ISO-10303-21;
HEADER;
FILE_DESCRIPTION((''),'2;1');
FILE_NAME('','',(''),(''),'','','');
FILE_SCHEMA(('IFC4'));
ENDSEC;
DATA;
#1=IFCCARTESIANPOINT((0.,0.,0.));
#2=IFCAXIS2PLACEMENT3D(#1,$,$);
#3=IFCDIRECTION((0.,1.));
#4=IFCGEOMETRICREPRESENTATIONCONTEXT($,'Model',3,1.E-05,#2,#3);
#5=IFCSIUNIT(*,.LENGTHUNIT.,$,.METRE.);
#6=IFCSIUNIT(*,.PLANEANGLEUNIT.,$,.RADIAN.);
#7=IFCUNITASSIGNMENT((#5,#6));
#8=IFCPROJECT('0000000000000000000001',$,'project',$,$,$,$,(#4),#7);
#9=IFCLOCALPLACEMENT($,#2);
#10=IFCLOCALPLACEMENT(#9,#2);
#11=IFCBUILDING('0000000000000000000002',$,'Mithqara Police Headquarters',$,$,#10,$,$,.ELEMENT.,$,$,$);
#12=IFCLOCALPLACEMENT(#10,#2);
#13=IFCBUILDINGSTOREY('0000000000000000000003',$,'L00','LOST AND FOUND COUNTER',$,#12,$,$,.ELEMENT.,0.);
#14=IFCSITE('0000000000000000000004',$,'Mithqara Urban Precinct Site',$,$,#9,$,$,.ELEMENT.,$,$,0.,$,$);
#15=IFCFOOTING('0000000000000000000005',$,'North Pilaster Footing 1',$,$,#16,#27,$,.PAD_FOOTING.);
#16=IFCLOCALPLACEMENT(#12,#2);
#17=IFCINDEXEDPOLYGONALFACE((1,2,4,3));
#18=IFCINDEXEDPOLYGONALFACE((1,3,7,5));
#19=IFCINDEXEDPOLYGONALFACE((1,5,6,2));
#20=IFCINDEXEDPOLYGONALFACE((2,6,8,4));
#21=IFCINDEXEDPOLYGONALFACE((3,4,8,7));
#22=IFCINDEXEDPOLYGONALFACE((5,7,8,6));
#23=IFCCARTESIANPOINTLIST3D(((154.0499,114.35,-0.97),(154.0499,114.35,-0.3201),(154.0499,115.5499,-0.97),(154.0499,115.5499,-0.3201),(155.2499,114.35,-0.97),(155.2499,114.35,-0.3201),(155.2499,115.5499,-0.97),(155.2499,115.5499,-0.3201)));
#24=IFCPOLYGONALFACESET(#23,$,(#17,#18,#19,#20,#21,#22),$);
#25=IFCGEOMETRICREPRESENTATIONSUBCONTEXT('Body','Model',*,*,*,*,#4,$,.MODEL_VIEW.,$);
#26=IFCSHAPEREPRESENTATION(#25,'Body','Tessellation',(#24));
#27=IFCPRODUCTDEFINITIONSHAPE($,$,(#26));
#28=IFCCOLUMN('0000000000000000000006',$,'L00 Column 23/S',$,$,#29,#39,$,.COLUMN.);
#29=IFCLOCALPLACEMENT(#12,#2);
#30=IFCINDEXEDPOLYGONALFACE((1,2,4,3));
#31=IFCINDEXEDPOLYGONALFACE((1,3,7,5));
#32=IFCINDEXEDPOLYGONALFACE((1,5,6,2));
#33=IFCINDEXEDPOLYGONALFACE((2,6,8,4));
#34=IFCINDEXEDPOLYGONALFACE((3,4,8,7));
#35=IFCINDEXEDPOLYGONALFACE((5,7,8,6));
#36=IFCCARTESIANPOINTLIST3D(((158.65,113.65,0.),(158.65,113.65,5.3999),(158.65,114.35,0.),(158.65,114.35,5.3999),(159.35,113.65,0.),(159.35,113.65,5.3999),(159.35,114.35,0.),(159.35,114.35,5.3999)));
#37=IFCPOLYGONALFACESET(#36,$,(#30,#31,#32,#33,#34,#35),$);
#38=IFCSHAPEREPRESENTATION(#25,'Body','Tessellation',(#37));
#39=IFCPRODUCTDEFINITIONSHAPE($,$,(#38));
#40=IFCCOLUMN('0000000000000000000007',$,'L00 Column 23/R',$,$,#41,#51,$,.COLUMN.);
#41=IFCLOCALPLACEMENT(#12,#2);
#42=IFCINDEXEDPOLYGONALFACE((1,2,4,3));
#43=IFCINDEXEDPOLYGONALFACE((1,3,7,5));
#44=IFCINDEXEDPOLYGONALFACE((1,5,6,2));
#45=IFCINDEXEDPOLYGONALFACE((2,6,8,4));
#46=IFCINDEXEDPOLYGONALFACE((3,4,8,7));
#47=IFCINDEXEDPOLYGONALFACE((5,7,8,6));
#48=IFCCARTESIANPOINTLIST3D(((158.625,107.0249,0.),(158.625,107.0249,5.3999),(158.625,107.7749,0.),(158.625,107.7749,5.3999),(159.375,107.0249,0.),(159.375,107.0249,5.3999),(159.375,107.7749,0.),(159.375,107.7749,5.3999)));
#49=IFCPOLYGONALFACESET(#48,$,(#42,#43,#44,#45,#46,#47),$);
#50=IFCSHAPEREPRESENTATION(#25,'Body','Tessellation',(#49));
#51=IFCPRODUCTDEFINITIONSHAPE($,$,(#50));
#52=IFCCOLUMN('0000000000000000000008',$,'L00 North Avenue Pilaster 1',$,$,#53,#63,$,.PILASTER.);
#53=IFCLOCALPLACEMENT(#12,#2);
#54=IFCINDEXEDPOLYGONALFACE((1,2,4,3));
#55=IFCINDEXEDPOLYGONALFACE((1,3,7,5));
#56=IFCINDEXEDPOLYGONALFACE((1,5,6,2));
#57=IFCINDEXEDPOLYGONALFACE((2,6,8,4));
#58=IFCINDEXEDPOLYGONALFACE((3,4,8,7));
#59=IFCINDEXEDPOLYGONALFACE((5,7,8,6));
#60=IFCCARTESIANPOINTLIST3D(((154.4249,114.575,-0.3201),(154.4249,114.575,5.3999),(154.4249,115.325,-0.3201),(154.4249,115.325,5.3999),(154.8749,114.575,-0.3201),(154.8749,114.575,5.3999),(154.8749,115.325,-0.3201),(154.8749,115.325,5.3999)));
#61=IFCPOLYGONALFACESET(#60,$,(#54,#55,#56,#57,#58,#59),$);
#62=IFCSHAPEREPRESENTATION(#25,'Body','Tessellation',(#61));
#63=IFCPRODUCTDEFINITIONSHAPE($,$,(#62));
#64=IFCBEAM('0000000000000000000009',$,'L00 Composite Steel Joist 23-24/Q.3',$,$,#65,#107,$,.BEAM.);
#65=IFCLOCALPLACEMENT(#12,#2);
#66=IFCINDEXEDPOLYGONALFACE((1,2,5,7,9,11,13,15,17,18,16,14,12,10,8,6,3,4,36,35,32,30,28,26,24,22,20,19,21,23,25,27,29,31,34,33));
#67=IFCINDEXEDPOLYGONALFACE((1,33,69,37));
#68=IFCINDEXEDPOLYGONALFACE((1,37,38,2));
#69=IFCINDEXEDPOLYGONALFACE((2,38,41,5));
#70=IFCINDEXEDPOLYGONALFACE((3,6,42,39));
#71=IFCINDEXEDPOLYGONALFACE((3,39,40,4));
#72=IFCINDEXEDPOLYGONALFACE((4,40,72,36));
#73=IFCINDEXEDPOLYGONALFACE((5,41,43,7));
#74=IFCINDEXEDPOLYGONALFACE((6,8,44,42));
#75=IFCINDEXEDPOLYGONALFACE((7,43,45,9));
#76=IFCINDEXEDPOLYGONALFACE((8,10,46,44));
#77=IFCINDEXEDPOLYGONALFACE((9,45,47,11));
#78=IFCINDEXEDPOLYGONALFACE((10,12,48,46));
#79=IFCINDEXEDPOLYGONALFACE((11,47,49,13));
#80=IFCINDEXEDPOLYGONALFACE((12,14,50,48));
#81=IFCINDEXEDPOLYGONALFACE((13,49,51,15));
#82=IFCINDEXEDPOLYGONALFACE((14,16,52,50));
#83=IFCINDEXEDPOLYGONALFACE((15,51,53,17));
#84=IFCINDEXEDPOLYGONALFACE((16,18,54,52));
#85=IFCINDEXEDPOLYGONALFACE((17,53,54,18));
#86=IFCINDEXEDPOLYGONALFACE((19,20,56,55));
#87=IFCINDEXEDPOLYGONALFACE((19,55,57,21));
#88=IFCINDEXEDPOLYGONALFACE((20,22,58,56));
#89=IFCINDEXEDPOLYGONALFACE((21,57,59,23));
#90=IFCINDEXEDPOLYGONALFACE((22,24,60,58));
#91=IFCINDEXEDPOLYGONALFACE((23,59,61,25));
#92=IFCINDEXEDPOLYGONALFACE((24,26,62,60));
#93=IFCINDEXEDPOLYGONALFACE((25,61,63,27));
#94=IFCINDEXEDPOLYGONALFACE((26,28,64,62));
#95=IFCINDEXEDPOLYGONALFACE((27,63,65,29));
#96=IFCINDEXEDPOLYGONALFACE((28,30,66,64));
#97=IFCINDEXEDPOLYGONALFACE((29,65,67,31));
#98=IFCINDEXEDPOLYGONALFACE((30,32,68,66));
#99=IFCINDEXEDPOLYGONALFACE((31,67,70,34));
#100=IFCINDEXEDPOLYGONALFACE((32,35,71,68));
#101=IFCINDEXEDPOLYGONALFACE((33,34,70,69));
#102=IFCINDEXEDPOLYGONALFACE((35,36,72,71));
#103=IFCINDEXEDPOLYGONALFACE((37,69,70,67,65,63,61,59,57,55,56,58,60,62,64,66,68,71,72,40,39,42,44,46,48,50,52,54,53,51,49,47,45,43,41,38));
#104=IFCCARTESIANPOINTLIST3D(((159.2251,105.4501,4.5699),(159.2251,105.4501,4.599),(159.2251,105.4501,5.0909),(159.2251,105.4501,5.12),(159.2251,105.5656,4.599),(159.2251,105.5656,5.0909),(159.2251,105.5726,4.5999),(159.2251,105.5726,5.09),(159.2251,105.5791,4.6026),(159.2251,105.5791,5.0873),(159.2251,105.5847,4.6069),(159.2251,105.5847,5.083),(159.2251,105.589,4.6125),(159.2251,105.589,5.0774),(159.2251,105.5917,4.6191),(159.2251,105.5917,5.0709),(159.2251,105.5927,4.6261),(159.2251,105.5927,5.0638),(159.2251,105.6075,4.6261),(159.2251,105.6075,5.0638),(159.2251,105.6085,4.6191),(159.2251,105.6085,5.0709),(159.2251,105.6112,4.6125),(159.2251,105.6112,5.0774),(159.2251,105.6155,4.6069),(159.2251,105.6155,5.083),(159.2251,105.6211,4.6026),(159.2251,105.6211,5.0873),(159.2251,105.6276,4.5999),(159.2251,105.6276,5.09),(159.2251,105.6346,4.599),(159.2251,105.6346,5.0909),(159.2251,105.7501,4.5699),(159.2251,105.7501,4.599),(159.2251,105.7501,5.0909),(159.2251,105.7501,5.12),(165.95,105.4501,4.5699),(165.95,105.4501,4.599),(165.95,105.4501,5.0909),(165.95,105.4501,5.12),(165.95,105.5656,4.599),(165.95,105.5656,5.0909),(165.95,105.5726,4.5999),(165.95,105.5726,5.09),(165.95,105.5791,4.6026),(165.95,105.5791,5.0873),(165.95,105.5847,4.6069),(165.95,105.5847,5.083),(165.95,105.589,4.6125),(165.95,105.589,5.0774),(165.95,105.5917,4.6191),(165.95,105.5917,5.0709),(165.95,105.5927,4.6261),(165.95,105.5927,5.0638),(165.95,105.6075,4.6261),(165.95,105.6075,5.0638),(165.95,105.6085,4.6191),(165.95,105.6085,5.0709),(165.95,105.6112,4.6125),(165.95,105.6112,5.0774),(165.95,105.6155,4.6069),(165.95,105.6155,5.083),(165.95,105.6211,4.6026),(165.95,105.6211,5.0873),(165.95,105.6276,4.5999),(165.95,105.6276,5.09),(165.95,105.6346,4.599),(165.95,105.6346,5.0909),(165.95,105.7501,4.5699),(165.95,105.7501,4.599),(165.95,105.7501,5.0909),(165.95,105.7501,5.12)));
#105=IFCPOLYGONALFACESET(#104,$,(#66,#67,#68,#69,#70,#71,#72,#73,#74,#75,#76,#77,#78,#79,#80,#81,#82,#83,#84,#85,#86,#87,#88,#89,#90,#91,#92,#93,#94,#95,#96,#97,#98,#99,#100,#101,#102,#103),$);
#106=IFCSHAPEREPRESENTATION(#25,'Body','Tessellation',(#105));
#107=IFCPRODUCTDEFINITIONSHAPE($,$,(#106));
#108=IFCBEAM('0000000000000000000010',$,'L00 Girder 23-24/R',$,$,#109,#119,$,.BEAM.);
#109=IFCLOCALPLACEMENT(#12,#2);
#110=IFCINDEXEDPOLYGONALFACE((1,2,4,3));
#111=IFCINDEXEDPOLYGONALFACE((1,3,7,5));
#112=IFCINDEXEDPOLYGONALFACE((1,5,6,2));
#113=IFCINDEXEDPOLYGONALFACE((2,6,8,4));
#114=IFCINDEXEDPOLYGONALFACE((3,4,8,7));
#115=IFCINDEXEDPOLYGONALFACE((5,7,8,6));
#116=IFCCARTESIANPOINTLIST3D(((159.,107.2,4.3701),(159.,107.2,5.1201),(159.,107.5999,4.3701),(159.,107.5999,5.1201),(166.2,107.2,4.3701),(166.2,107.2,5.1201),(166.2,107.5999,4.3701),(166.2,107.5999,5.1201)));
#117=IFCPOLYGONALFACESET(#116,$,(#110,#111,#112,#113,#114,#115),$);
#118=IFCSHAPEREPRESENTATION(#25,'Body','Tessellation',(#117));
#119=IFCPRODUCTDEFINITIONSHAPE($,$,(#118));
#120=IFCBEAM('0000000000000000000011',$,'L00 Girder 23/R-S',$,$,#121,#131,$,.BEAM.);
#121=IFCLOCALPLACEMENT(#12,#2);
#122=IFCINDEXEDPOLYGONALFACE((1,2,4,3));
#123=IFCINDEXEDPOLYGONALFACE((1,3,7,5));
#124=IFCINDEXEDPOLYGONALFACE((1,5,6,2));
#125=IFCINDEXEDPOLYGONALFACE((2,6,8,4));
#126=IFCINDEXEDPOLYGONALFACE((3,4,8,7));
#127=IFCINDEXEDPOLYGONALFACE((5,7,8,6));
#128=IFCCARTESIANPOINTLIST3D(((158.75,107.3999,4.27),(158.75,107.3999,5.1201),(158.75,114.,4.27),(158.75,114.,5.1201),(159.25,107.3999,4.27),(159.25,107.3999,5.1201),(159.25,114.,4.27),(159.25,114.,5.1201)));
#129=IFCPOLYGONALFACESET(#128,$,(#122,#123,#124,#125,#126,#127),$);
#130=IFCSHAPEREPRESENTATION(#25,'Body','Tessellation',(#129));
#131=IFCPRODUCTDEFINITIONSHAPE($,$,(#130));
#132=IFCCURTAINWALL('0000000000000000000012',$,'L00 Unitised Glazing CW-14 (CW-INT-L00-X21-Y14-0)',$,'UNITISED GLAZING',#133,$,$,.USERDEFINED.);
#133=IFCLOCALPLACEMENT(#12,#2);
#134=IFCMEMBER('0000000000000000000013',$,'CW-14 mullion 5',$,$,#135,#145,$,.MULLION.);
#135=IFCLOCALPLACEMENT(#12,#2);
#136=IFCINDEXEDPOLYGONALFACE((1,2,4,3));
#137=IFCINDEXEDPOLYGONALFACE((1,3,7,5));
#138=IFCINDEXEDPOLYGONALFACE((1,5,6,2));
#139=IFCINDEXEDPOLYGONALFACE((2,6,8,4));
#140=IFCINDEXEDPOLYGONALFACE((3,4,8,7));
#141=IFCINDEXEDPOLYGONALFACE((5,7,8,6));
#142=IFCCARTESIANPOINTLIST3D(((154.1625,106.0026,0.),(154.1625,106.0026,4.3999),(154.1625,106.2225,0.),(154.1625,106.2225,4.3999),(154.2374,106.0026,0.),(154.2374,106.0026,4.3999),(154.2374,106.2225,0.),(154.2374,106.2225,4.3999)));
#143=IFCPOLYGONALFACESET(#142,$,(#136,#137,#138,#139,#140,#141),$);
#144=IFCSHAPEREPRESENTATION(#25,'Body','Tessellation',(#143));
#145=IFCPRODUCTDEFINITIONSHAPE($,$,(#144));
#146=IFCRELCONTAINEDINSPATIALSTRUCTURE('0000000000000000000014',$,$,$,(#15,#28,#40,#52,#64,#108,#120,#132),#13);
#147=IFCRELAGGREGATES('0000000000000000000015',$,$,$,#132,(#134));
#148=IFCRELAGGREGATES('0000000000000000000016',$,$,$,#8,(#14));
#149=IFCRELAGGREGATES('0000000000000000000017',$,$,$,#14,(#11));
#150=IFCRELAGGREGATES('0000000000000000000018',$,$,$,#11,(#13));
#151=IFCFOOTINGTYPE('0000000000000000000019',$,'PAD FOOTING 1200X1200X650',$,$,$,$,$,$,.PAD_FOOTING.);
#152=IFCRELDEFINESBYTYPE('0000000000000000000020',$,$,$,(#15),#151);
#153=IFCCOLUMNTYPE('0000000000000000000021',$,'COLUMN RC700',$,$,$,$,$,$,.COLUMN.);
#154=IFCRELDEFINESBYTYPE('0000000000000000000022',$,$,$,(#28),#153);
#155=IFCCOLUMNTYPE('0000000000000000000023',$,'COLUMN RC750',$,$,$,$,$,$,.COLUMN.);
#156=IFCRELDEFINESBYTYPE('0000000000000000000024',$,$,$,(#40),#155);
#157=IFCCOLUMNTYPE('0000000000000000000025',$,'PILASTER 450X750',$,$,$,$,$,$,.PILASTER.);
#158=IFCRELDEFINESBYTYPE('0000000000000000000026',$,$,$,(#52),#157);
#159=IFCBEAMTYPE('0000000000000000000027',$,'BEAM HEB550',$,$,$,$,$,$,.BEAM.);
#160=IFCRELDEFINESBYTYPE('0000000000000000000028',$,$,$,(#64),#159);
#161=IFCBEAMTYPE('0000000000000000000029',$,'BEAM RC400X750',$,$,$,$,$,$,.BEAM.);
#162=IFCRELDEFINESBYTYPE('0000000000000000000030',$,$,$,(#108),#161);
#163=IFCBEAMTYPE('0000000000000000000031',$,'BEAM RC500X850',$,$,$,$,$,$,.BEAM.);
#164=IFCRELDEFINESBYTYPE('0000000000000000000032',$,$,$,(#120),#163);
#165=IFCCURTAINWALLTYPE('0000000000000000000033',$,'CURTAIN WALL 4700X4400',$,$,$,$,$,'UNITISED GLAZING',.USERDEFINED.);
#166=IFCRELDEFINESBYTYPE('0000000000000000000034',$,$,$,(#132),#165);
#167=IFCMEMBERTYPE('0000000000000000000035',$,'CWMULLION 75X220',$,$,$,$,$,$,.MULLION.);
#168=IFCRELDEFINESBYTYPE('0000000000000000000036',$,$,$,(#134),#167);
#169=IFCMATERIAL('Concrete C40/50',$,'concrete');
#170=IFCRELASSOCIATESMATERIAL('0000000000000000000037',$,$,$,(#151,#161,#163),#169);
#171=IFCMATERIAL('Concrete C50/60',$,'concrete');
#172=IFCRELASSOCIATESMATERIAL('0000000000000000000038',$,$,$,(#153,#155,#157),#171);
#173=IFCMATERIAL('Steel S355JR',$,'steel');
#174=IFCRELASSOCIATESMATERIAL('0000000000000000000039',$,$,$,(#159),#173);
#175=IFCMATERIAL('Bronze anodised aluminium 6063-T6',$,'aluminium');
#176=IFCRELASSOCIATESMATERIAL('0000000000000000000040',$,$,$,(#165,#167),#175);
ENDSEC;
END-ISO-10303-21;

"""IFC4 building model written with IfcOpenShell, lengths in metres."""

from ifc_helpers import new_model, si_unit, direction, frame, origin, origin_2d, place, context, subcontext, project, spatial, rectangle, i_section, extrude, material, material_profile, profile_set, type_object, element, aggregate, save


model = new_model("IFC4")

# Units and contexts
model_context = context("Model", 3, precision=1e-05, world=origin(), true_north=direction((0.0, 1.0)))
body_context = subcontext(model_context, "Body", "Model", "MODEL_VIEW")
ifc_project = project(units=[si_unit("LENGTHUNIT", "METRE"), si_unit("PLANEANGLEUNIT", "RADIAN")], contexts=[model_context])

# Site, building, storey
site_placement = place(None, origin())
site = spatial("IfcSite", under=ifc_project, at=site_placement, Name="Mithqara Urban Precinct Site", CompositionType="ELEMENT", RefElevation=0.0)
building_placement = place(site_placement, origin())
building = spatial("IfcBuilding", under=site, at=building_placement, Name="Mithqara Police Headquarters", CompositionType="ELEMENT")
storey_placement = place(building_placement, origin())
storey = spatial("IfcBuildingStorey", under=building, at=storey_placement, Name="L00", Description="LOST AND FOUND COUNTER", CompositionType="ELEMENT", Elevation=0.0)

# Footing
ifc_material_1 = material(Name="Concrete C40/50", Category="concrete")
footing_type = type_object("IfcFootingType", Name="PAD FOOTING 1200X1200X650", PredefinedType="PAD_FOOTING", material=ifc_material_1)
footing_placement = place(storey_placement, frame((154.6499, 114.95, -0.97), z_axis=(0.0, 0.0, 1.0), x_axis=(1.0, 0.0, 0.0)))
element("IfcFooting", 1, at=footing_placement, inside=storey, type_object=footing_type, Name="North Pilaster Footing 1", PredefinedType="PAD_FOOTING", context=body_context, shape_type="SweptSolid", body=[
    extrude(rectangle(XDim=1.2, YDim=1.2, at=origin_2d()), origin(), (0.0, 0.0, 1.0), 0.6499),
])

# Columns
ifc_material_2 = material(Name="Concrete C50/60", Category="concrete")
ifc_material_profile_1 = material_profile(ifc_material_2, rectangle(XDim=0.7, YDim=0.7, at=origin_2d()), Name="RC 700x700")
ifc_profile_set_1 = profile_set([ifc_material_profile_1], Name="Concrete C50/60")
column_type_1 = type_object("IfcColumnType", Name="COLUMN RC700", PredefinedType="COLUMN", material=ifc_profile_set_1)
column_1_placement = place(storey_placement, frame((159.0, 114.0, 0.0), z_axis=(0.0, 0.0, 1.0), x_axis=(1.0, 0.0, 0.0)))
element("IfcColumn", 2, at=column_1_placement, inside=storey, type_object=column_type_1, Name="L00 Column 23/S", PredefinedType="COLUMN", context=body_context, shape_type="SweptSolid", body=[
    extrude(rectangle(XDim=0.7, YDim=0.7, at=origin_2d()), origin(), (0.0, 0.0, 1.0), 5.3999),
])
ifc_material_profile_2 = material_profile(ifc_material_2, rectangle(XDim=0.75, YDim=0.75, at=origin_2d()), Name="RC 750x750")
ifc_profile_set_2 = profile_set([ifc_material_profile_2], Name="Concrete C50/60")
column_type_2 = type_object("IfcColumnType", Name="COLUMN RC750", PredefinedType="COLUMN", material=ifc_profile_set_2)
column_2_placement = place(storey_placement, frame((159.0, 107.3999, 0.0), z_axis=(0.0, 0.0, 1.0), x_axis=(1.0, 0.0, 0.0)))
element("IfcColumn", 3, at=column_2_placement, inside=storey, type_object=column_type_2, Name="L00 Column 23/R", PredefinedType="COLUMN", context=body_context, shape_type="SweptSolid", body=[
    extrude(rectangle(XDim=0.75, YDim=0.75, at=origin_2d()), origin(), (0.0, 0.0, 1.0), 5.3999),
])
ifc_material_profile_3 = material_profile(ifc_material_2, rectangle(XDim=0.45, YDim=0.75, at=origin_2d()), Name="PIL 450x750")
ifc_profile_set_3 = profile_set([ifc_material_profile_3], Name="Concrete C50/60")
column_type_3 = type_object("IfcColumnType", Name="PILASTER 450X750", PredefinedType="PILASTER", material=ifc_profile_set_3)
column_3_placement = place(storey_placement, frame((154.6499, 114.95, -0.3201), z_axis=(0.0, 0.0, 1.0), x_axis=(1.0, 0.0, 0.0)))
element("IfcColumn", 4, at=column_3_placement, inside=storey, type_object=column_type_3, Name="L00 North Avenue Pilaster 1", PredefinedType="PILASTER", context=body_context, shape_type="SweptSolid", body=[
    extrude(rectangle(XDim=0.45, YDim=0.75, at=origin_2d()), origin(), (0.0, 0.0, 1.0), 5.72),
])

# Beams
ifc_material_3 = material(Name="Steel S355JR", Category="steel")
ifc_material_profile_4 = material_profile(ifc_material_3, i_section(OverallWidth=0.3, OverallDepth=0.55, WebThickness=0.0149, FlangeThickness=0.0291, FilletRadius=0.0271, at=origin_2d()), Name="HEB 550")
ifc_profile_set_4 = profile_set([ifc_material_profile_4], Name="Steel S355JR")
beam_type_1 = type_object("IfcBeamType", Name="BEAM HEB550", PredefinedType="BEAM", material=ifc_profile_set_4)
beam_1_placement = place(storey_placement, frame((159.2251, 105.6001, 4.845), z_axis=(1.0, 0.0, 0.0), x_axis=(0.0, 1.0, 0.0)))
element("IfcBeam", 5, at=beam_1_placement, inside=storey, type_object=beam_type_1, Name="L00 Composite Steel Joist 23-24/Q.3", PredefinedType="BEAM", context=body_context, shape_type="SweptSolid", body=[
    extrude(i_section(OverallWidth=0.3, OverallDepth=0.55, WebThickness=0.0149, FlangeThickness=0.0291, FilletRadius=0.0271, at=origin_2d()), origin(), (0.0, 0.0, 1.0), 6.7249),
])
ifc_material_profile_5 = material_profile(ifc_material_1, rectangle(XDim=0.3999, YDim=0.75, at=origin_2d()), Name="RC 400x750")
ifc_profile_set_5 = profile_set([ifc_material_profile_5], Name="Concrete C40/50")
beam_type_2 = type_object("IfcBeamType", Name="BEAM RC400X750", PredefinedType="BEAM", material=ifc_profile_set_5)
beam_2_placement = place(storey_placement, frame((159.0, 107.3999, 4.7451), z_axis=(1.0, 0.0, 0.0), x_axis=(0.0, 1.0, 0.0)))
element("IfcBeam", 6, at=beam_2_placement, inside=storey, type_object=beam_type_2, Name="L00 Girder 23-24/R", PredefinedType="BEAM", context=body_context, shape_type="SweptSolid", body=[
    extrude(rectangle(XDim=0.3999, YDim=0.75, at=origin_2d()), origin(), (0.0, 0.0, 1.0), 7.2),
])
ifc_material_profile_6 = material_profile(ifc_material_1, rectangle(XDim=0.5, YDim=0.8501, at=origin_2d()), Name="RC 500x850")
ifc_profile_set_6 = profile_set([ifc_material_profile_6], Name="Concrete C40/50")
beam_type_3 = type_object("IfcBeamType", Name="BEAM RC500X850", PredefinedType="BEAM", material=ifc_profile_set_6)
beam_3_placement = place(storey_placement, frame((159.0, 107.3999, 4.6951), z_axis=(0.0, 1.0, 0.0), x_axis=(-1.0, 0.0, 0.0)))
element("IfcBeam", 7, at=beam_3_placement, inside=storey, type_object=beam_type_3, Name="L00 Girder 23/R-S", PredefinedType="BEAM", context=body_context, shape_type="SweptSolid", body=[
    extrude(rectangle(XDim=0.5, YDim=0.8501, at=origin_2d()), origin(), (0.0, 0.0, 1.0), 6.6001),
])

# Curtain wall, member
ifc_material_4 = material(Name="Bronze anodised aluminium 6063-T6", Category="aluminium")
curtain_wall_type = type_object("IfcCurtainWallType", Name="CURTAIN WALL 4700X4400", ElementType="UNITISED GLAZING", PredefinedType="USERDEFINED", material=ifc_material_4)
curtain_wall_placement = place(storey_placement, origin())
curtain_wall = element("IfcCurtainWall", 8, at=curtain_wall_placement, inside=storey, type_object=curtain_wall_type, Name="L00 Unitised Glazing CW-14 (CW-INT-L00-X21-Y14-0)", ObjectType="UNITISED GLAZING", PredefinedType="USERDEFINED")
ifc_material_profile_7 = material_profile(ifc_material_4, rectangle(XDim=0.075, YDim=0.22, at=origin_2d()), Name="CWM 75x220")
ifc_profile_set_7 = profile_set([ifc_material_profile_7], Name="Bronze anodised aluminium 6063-T6")
member_type = type_object("IfcMemberType", Name="CWMULLION 75X220", PredefinedType="MULLION", material=ifc_profile_set_7)
member_placement = place(storey_placement, frame((154.2, 106.1125, 0.0), z_axis=(0.0, 0.0, 1.0), x_axis=(-1.0, 0.0, 0.0)))
member = element("IfcMember", 9, at=member_placement, type_object=member_type, Name="CW-14 mullion 5", PredefinedType="MULLION", context=body_context, shape_type="SweptSolid", body=[
    extrude(rectangle(XDim=0.075, YDim=0.22, at=origin_2d()), origin(), (0.0, 0.0, 1.0), 4.3999),
])

aggregate(curtain_wall, [member])

save(model, "model.ifc")
